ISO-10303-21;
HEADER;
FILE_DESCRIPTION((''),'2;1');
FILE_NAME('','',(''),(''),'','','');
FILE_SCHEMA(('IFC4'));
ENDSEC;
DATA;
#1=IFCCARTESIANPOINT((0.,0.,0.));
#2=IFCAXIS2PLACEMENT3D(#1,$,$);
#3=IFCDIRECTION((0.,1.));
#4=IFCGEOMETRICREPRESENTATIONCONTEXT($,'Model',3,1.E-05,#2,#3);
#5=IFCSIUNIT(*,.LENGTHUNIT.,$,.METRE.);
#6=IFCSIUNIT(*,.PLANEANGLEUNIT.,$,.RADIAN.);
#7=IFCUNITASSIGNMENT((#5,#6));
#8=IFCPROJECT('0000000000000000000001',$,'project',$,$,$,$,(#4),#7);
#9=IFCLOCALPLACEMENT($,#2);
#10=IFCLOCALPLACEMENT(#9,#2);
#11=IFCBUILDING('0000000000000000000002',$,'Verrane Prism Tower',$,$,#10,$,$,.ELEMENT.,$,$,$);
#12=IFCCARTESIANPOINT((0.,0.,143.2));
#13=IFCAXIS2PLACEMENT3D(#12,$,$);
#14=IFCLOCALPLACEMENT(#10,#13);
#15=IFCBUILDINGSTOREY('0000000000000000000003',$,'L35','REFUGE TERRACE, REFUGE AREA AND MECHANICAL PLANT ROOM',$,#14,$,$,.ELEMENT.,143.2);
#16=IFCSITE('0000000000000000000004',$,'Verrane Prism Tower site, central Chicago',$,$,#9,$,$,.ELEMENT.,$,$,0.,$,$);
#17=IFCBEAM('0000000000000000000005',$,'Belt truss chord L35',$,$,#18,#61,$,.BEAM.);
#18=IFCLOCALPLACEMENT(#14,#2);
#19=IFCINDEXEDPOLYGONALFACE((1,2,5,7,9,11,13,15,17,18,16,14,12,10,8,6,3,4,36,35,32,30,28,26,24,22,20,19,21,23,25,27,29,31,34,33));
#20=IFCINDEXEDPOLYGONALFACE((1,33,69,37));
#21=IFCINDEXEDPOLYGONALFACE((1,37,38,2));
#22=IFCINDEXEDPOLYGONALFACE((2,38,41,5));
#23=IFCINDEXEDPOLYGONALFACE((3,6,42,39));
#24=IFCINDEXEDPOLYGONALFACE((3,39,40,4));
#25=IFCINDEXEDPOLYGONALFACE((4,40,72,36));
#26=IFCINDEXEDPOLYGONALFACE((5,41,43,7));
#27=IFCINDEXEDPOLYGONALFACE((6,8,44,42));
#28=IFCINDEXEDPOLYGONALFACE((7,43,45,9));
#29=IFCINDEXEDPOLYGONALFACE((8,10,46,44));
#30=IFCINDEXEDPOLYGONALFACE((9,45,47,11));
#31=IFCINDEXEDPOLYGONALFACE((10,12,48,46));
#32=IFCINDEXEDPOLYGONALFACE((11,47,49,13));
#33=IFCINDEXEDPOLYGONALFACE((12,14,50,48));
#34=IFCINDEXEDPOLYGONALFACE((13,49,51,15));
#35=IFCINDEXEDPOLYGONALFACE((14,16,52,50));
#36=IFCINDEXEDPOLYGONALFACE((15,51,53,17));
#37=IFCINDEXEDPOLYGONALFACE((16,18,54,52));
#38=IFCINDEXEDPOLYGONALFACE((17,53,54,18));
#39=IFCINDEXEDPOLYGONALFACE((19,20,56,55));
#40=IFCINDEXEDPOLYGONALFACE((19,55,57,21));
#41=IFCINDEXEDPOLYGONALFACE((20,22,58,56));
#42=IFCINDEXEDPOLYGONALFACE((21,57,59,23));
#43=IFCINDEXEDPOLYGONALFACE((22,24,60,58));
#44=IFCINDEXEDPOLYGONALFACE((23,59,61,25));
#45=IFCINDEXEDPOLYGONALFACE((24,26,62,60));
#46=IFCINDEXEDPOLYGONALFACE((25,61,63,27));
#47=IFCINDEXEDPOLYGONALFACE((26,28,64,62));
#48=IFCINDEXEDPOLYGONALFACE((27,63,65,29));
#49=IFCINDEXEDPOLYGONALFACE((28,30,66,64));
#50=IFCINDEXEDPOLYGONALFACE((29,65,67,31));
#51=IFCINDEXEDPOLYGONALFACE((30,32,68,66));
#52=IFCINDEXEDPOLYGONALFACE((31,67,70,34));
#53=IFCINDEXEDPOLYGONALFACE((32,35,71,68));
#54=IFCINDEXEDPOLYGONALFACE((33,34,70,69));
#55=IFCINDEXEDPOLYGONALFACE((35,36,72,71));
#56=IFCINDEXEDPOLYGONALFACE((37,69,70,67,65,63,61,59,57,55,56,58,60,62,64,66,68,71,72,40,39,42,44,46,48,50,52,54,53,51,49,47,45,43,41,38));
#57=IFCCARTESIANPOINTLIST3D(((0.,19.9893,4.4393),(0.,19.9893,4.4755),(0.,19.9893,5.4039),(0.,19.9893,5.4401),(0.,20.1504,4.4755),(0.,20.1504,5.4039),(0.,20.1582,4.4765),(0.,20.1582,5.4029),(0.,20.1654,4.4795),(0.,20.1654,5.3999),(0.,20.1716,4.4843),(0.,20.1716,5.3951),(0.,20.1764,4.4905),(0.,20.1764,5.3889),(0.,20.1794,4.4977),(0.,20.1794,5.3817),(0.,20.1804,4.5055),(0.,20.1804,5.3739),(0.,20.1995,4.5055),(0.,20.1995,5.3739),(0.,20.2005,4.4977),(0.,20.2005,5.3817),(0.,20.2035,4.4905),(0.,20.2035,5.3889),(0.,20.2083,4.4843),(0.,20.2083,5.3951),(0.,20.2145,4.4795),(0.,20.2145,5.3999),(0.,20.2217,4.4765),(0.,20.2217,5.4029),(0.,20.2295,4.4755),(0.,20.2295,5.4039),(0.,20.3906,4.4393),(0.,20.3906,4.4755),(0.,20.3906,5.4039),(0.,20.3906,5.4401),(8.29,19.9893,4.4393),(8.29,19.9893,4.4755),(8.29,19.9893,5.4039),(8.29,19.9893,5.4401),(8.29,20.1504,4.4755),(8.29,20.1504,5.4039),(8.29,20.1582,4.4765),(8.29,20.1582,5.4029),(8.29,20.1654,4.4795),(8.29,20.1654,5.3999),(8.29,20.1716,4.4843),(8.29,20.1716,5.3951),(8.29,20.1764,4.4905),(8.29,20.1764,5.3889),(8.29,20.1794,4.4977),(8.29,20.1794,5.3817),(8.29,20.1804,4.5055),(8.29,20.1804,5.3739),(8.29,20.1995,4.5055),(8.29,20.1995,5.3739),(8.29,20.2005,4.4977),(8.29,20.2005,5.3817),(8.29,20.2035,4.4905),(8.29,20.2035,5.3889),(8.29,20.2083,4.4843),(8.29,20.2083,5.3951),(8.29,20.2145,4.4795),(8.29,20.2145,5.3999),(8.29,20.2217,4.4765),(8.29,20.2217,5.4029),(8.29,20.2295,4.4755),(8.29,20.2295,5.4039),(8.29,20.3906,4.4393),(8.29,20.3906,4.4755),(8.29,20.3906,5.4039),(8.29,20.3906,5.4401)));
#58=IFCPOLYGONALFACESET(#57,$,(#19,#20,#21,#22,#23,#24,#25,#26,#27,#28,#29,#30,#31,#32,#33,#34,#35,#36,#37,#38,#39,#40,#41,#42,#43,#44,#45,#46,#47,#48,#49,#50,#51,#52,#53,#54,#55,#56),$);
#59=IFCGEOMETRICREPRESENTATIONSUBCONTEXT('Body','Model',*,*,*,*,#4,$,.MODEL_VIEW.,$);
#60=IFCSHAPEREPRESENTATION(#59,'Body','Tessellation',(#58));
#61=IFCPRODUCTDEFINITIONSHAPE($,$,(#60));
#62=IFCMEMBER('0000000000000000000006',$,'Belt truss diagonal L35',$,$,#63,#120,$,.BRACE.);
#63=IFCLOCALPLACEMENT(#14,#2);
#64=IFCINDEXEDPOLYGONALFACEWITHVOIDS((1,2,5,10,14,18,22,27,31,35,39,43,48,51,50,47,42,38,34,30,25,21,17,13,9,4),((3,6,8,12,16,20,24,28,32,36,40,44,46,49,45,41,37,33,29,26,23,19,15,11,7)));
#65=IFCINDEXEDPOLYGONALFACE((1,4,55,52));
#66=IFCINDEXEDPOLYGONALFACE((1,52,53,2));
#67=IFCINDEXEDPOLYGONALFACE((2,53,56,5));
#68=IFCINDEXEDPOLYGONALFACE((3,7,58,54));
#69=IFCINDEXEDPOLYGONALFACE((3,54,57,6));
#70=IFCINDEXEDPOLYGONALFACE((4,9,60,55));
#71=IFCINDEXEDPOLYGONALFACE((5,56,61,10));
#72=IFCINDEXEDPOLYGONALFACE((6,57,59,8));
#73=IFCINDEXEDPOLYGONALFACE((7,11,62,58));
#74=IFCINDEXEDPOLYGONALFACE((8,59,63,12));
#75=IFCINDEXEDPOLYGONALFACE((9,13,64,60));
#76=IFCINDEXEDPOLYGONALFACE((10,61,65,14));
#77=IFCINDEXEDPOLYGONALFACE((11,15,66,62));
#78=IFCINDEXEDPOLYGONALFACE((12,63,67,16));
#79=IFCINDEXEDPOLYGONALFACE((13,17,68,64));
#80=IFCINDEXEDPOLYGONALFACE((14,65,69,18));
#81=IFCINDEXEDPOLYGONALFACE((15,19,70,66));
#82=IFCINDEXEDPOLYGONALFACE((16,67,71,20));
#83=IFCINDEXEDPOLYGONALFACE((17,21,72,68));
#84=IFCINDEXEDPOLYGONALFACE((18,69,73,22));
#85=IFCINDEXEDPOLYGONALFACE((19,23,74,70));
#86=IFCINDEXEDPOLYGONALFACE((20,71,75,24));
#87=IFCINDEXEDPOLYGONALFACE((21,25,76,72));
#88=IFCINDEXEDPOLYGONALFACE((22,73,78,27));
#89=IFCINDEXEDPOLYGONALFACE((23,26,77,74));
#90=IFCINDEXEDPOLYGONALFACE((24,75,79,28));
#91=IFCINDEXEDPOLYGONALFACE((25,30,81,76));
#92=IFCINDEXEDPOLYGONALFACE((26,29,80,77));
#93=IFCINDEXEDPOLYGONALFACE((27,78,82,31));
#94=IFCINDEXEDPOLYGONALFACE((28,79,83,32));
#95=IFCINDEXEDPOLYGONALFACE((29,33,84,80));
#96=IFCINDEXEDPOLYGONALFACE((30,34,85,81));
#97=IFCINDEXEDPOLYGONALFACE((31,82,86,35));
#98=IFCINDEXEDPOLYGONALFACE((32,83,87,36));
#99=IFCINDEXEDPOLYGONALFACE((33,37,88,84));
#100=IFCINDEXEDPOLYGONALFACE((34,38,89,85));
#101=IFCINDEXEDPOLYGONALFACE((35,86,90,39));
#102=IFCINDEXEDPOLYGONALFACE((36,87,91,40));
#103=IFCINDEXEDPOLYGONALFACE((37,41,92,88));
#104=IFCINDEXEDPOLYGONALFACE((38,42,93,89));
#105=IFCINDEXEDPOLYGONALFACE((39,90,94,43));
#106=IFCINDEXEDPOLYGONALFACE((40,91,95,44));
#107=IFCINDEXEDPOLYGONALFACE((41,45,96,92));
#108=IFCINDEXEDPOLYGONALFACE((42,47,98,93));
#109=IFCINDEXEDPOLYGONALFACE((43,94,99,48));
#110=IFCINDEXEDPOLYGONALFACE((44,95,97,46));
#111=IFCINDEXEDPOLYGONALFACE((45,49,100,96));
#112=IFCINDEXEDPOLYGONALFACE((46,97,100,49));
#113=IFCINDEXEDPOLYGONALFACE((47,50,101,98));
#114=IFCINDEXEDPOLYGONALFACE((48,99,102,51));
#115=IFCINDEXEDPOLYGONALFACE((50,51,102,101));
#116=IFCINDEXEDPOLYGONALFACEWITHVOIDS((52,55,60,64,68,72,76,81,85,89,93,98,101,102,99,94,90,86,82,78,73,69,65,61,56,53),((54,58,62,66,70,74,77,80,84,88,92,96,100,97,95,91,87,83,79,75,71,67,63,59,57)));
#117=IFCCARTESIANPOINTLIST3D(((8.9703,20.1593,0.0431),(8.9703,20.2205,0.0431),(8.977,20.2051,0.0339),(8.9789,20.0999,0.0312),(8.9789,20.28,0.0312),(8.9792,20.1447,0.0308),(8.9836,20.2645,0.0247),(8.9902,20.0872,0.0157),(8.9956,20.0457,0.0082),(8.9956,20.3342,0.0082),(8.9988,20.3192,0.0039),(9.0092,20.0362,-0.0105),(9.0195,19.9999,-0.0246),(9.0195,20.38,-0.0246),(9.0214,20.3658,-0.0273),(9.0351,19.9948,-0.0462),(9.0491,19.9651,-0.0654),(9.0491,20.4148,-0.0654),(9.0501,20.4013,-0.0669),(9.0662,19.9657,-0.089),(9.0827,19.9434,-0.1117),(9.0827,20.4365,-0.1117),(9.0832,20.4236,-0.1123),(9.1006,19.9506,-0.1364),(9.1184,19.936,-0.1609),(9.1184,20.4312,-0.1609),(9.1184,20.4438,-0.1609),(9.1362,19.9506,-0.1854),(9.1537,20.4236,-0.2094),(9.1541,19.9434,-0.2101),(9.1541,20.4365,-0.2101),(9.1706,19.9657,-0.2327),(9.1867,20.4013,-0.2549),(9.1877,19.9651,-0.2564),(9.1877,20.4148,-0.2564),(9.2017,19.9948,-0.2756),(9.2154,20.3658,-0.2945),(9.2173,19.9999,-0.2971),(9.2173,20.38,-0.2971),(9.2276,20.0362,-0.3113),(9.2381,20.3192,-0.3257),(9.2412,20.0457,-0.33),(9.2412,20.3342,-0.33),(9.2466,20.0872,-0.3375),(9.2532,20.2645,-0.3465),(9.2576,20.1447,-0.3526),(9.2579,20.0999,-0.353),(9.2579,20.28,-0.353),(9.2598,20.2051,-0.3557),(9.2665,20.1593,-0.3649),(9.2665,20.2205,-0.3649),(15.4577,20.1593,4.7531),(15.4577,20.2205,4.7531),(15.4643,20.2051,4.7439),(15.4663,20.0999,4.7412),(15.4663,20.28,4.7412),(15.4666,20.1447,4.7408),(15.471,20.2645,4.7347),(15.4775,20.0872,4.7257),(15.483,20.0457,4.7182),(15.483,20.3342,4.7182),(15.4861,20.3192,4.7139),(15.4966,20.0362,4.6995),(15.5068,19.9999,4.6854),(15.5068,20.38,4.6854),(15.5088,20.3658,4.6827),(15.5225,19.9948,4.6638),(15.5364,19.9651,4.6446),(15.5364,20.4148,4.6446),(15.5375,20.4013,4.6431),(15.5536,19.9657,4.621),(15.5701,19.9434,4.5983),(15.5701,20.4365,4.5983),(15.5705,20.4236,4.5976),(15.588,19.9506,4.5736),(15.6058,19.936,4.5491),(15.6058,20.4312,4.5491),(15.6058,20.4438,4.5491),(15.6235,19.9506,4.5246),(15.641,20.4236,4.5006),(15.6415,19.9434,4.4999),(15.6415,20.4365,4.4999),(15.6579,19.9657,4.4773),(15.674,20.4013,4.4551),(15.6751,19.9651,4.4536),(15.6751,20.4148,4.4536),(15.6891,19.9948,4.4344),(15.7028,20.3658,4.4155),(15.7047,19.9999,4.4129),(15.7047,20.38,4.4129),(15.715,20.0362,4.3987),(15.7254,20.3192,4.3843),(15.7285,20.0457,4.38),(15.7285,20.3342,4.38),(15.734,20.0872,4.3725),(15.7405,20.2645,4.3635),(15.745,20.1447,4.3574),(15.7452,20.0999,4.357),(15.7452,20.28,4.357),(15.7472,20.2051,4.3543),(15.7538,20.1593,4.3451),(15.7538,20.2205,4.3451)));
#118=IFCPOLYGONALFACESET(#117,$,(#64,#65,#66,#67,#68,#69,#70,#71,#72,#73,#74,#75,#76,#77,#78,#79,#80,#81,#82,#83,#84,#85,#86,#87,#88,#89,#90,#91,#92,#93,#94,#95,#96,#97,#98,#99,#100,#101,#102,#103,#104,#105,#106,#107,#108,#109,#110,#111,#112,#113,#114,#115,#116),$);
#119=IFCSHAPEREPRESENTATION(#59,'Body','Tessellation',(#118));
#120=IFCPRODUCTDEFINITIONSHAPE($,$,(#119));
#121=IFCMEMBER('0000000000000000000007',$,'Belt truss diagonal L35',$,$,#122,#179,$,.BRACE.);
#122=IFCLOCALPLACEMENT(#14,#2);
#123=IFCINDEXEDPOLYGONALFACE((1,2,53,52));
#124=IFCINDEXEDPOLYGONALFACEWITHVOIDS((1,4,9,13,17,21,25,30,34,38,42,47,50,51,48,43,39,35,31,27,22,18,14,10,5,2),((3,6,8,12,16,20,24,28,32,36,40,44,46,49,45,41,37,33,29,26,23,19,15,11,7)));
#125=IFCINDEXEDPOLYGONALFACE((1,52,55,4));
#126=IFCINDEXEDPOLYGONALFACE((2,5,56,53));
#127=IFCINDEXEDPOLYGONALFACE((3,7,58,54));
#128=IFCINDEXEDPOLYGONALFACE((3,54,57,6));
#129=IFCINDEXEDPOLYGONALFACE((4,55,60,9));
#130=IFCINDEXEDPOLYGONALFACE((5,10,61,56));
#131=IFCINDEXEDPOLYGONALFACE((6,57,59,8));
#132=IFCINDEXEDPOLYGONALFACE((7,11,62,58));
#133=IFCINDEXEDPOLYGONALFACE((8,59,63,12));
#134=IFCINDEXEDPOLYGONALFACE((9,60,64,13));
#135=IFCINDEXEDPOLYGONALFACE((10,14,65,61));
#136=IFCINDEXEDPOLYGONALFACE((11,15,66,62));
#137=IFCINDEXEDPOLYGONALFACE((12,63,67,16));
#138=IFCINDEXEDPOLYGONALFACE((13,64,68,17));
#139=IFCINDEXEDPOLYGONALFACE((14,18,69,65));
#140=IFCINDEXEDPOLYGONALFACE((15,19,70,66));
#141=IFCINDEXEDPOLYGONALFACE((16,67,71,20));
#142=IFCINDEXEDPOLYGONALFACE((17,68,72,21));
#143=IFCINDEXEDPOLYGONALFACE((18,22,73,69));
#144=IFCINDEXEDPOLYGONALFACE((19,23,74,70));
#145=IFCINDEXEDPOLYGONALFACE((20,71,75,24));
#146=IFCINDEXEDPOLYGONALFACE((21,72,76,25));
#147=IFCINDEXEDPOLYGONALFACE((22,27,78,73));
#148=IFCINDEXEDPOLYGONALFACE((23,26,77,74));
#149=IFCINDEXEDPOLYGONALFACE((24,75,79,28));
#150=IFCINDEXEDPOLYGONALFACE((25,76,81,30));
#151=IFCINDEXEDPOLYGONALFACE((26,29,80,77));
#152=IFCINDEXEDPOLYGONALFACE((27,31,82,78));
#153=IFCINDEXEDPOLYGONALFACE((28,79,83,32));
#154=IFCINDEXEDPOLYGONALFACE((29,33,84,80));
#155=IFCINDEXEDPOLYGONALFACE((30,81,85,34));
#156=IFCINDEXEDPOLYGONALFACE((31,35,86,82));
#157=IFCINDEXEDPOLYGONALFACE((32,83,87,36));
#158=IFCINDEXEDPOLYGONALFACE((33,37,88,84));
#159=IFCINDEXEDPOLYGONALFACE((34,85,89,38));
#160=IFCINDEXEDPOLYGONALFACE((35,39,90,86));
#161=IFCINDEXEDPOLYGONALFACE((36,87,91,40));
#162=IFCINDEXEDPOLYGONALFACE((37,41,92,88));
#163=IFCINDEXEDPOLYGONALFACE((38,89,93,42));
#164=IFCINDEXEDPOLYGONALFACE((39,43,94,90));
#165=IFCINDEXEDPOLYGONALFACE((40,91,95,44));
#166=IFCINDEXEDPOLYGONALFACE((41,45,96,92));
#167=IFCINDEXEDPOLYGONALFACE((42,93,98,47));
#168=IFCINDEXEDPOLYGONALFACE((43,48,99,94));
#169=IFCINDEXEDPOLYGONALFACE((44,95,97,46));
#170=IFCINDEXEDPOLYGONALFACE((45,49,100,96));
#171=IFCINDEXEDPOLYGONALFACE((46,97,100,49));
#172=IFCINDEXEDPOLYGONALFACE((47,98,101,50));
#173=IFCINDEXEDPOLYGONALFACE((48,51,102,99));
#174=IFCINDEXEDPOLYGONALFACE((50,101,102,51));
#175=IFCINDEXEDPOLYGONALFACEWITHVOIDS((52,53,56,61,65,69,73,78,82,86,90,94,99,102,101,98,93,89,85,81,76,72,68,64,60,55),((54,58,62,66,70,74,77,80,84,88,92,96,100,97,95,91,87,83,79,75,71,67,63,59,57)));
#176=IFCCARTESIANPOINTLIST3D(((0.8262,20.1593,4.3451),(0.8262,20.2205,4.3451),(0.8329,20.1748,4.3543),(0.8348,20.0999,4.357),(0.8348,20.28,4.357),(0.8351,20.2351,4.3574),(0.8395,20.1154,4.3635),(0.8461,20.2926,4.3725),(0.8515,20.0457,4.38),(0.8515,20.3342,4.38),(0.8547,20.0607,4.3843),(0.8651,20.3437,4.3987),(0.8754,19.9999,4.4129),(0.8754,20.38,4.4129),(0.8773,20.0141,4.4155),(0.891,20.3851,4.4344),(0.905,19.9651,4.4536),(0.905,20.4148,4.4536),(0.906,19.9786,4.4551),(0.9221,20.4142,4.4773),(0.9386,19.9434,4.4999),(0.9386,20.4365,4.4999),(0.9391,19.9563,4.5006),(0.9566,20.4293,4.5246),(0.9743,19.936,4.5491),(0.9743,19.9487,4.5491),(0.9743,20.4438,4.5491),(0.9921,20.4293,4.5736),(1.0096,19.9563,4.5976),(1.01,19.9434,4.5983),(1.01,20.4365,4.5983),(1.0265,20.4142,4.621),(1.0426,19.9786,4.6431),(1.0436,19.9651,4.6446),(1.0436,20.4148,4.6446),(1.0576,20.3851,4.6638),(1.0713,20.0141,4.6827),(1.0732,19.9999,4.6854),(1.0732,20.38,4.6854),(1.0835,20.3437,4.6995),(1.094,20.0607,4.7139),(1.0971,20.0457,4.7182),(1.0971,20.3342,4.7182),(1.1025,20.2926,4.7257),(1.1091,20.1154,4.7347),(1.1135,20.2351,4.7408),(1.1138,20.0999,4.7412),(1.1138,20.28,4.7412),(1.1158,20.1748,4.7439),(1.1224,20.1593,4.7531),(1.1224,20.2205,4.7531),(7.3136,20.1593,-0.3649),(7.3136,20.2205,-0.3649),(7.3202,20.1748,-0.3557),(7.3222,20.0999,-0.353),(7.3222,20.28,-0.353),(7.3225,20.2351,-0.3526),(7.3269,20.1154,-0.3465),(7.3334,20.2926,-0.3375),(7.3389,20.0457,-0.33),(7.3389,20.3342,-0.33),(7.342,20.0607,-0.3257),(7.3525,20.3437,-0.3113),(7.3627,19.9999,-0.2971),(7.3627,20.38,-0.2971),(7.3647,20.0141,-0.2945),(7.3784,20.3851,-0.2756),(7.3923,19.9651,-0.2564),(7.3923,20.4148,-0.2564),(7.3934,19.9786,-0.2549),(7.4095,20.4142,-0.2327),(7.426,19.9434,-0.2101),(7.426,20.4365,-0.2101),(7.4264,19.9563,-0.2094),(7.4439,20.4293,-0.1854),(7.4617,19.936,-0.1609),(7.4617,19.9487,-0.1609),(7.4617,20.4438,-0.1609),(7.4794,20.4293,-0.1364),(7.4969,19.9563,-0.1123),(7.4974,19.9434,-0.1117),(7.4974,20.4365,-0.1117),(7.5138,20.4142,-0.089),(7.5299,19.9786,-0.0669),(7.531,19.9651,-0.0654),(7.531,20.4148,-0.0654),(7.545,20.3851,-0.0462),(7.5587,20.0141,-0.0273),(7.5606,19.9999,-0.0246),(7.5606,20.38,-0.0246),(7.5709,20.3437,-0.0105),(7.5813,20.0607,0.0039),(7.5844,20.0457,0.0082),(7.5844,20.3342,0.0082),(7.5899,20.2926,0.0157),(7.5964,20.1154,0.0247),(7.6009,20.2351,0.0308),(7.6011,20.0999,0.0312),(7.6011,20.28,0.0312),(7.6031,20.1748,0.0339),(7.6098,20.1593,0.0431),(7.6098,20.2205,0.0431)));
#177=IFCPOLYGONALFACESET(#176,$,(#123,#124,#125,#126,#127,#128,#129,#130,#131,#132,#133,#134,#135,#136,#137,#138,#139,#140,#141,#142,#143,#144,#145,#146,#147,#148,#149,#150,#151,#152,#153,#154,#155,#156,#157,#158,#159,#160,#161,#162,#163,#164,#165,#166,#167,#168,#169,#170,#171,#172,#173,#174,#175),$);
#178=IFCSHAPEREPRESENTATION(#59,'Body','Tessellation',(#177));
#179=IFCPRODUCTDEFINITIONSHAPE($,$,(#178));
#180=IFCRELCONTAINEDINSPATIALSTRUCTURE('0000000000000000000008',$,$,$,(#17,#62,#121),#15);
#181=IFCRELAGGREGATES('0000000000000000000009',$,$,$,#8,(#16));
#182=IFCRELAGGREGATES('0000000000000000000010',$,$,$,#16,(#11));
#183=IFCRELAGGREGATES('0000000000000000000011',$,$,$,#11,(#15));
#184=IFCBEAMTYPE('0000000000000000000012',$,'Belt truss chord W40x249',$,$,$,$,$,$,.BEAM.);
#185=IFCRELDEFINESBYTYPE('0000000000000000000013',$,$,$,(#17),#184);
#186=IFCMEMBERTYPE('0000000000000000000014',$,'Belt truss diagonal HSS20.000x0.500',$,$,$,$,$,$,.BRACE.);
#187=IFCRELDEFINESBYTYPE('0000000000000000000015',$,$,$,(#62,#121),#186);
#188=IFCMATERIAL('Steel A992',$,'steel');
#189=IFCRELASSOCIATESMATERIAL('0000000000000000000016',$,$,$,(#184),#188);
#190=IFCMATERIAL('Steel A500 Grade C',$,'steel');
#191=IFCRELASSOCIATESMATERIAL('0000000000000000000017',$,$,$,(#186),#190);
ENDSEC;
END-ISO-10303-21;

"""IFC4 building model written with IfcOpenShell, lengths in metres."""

from ifc_helpers import new_model, si_unit, direction, frame, origin, origin_2d, place, context, subcontext, project, spatial, hollow_circle, i_section, extrude, material, material_profile, profile_set, type_object, element, save


model = new_model("IFC4")

# Units and contexts
model_context = context("Model", 3, precision=1e-05, world=origin(), true_north=direction((0.0, 1.0)))
body_context = subcontext(model_context, "Body", "Model", "MODEL_VIEW")
ifc_project = project(units=[si_unit("LENGTHUNIT", "METRE"), si_unit("PLANEANGLEUNIT", "RADIAN")], contexts=[model_context])

# Site, building, storey
site_placement = place(None, origin())
site = spatial("IfcSite", under=ifc_project, at=site_placement, Name="Verrane Prism Tower site, central Chicago", CompositionType="ELEMENT", RefElevation=0.0)
building_placement = place(site_placement, origin())
building = spatial("IfcBuilding", under=site, at=building_placement, Name="Verrane Prism Tower", CompositionType="ELEMENT")
storey_placement = place(building_placement, frame((0.0, 0.0, 143.2)))
storey = spatial("IfcBuildingStorey", under=building, at=storey_placement, Name="L35", Description="REFUGE TERRACE, REFUGE AREA AND MECHANICAL PLANT ROOM", CompositionType="ELEMENT", Elevation=143.2)

# Beam
ifc_material_1 = material(Name="Steel A992", Category="steel")
ifc_material_profile_1 = material_profile(ifc_material_1, i_section(OverallWidth=0.4014, OverallDepth=1.0007, WebThickness=0.019, FlangeThickness=0.0361, FilletRadius=0.03, at=origin_2d()), Name="W40x249")
ifc_profile_set_1 = profile_set([ifc_material_profile_1], Name="Steel A992")
beam_type_1 = type_object("IfcBeamType", Name="Belt truss chord W40x249", PredefinedType="BEAM", material=ifc_profile_set_1)
beam_1_placement = place(storey_placement, frame((8.29, 20.1899, 4.9397), z_axis=(-1.0, 0.0, 0.0), x_axis=(0.0, -1.0, 0.0)))
element("IfcBeam", 1, at=beam_1_placement, inside=storey, type_object=beam_type_1, Name="Belt truss chord L35", PredefinedType="BEAM", context=body_context, shape_type="SweptSolid", body=[
    extrude(i_section(OverallWidth=0.4014, OverallDepth=1.0007, WebThickness=0.019, FlangeThickness=0.0361, FilletRadius=0.03, at=origin_2d()), origin(), (0.0, 0.0, 1.0), 8.29),
])

# Members
ifc_material_2 = material(Name="Steel A500 Grade C", Category="steel")
ifc_material_profile_2 = material_profile(ifc_material_2, hollow_circle(Radius=0.2539, WallThickness=0.0127, at=origin_2d()), Name="HSS20.000x0.500")
ifc_profile_set_2 = profile_set([ifc_material_profile_2], Name="Steel A500 Grade C")
member_type_1 = type_object("IfcMemberType", Name="Belt truss diagonal HSS20.000x0.500", PredefinedType="BRACE", material=ifc_profile_set_2)
for number, where, z_axis, x_axis, name in (
    (2, (9.1184, 20.1899, -0.1609), (0.809215, 0.0, 0.587512), (0.0, 1.0, 0.0), "Belt truss diagonal L35"),
    (3, (7.4617, 20.1899, -0.1609), (-0.809215, 0.0, 0.587512), (0.0, -1.0, 0.0), "Belt truss diagonal L35"),
):
    element("IfcMember", number, at=place(storey_placement, frame(where, z_axis=z_axis, x_axis=x_axis)), inside=storey, type_object=member_type_1, Name=name, PredefinedType="BRACE", context=body_context, shape_type="SweptSolid", body=[
        extrude(hollow_circle(Radius=0.2539, WallThickness=0.0127, at=origin_2d()), origin(), (0.0, 0.0, 1.0), 8.0168),
    ])

save(model, "model.ifc")
